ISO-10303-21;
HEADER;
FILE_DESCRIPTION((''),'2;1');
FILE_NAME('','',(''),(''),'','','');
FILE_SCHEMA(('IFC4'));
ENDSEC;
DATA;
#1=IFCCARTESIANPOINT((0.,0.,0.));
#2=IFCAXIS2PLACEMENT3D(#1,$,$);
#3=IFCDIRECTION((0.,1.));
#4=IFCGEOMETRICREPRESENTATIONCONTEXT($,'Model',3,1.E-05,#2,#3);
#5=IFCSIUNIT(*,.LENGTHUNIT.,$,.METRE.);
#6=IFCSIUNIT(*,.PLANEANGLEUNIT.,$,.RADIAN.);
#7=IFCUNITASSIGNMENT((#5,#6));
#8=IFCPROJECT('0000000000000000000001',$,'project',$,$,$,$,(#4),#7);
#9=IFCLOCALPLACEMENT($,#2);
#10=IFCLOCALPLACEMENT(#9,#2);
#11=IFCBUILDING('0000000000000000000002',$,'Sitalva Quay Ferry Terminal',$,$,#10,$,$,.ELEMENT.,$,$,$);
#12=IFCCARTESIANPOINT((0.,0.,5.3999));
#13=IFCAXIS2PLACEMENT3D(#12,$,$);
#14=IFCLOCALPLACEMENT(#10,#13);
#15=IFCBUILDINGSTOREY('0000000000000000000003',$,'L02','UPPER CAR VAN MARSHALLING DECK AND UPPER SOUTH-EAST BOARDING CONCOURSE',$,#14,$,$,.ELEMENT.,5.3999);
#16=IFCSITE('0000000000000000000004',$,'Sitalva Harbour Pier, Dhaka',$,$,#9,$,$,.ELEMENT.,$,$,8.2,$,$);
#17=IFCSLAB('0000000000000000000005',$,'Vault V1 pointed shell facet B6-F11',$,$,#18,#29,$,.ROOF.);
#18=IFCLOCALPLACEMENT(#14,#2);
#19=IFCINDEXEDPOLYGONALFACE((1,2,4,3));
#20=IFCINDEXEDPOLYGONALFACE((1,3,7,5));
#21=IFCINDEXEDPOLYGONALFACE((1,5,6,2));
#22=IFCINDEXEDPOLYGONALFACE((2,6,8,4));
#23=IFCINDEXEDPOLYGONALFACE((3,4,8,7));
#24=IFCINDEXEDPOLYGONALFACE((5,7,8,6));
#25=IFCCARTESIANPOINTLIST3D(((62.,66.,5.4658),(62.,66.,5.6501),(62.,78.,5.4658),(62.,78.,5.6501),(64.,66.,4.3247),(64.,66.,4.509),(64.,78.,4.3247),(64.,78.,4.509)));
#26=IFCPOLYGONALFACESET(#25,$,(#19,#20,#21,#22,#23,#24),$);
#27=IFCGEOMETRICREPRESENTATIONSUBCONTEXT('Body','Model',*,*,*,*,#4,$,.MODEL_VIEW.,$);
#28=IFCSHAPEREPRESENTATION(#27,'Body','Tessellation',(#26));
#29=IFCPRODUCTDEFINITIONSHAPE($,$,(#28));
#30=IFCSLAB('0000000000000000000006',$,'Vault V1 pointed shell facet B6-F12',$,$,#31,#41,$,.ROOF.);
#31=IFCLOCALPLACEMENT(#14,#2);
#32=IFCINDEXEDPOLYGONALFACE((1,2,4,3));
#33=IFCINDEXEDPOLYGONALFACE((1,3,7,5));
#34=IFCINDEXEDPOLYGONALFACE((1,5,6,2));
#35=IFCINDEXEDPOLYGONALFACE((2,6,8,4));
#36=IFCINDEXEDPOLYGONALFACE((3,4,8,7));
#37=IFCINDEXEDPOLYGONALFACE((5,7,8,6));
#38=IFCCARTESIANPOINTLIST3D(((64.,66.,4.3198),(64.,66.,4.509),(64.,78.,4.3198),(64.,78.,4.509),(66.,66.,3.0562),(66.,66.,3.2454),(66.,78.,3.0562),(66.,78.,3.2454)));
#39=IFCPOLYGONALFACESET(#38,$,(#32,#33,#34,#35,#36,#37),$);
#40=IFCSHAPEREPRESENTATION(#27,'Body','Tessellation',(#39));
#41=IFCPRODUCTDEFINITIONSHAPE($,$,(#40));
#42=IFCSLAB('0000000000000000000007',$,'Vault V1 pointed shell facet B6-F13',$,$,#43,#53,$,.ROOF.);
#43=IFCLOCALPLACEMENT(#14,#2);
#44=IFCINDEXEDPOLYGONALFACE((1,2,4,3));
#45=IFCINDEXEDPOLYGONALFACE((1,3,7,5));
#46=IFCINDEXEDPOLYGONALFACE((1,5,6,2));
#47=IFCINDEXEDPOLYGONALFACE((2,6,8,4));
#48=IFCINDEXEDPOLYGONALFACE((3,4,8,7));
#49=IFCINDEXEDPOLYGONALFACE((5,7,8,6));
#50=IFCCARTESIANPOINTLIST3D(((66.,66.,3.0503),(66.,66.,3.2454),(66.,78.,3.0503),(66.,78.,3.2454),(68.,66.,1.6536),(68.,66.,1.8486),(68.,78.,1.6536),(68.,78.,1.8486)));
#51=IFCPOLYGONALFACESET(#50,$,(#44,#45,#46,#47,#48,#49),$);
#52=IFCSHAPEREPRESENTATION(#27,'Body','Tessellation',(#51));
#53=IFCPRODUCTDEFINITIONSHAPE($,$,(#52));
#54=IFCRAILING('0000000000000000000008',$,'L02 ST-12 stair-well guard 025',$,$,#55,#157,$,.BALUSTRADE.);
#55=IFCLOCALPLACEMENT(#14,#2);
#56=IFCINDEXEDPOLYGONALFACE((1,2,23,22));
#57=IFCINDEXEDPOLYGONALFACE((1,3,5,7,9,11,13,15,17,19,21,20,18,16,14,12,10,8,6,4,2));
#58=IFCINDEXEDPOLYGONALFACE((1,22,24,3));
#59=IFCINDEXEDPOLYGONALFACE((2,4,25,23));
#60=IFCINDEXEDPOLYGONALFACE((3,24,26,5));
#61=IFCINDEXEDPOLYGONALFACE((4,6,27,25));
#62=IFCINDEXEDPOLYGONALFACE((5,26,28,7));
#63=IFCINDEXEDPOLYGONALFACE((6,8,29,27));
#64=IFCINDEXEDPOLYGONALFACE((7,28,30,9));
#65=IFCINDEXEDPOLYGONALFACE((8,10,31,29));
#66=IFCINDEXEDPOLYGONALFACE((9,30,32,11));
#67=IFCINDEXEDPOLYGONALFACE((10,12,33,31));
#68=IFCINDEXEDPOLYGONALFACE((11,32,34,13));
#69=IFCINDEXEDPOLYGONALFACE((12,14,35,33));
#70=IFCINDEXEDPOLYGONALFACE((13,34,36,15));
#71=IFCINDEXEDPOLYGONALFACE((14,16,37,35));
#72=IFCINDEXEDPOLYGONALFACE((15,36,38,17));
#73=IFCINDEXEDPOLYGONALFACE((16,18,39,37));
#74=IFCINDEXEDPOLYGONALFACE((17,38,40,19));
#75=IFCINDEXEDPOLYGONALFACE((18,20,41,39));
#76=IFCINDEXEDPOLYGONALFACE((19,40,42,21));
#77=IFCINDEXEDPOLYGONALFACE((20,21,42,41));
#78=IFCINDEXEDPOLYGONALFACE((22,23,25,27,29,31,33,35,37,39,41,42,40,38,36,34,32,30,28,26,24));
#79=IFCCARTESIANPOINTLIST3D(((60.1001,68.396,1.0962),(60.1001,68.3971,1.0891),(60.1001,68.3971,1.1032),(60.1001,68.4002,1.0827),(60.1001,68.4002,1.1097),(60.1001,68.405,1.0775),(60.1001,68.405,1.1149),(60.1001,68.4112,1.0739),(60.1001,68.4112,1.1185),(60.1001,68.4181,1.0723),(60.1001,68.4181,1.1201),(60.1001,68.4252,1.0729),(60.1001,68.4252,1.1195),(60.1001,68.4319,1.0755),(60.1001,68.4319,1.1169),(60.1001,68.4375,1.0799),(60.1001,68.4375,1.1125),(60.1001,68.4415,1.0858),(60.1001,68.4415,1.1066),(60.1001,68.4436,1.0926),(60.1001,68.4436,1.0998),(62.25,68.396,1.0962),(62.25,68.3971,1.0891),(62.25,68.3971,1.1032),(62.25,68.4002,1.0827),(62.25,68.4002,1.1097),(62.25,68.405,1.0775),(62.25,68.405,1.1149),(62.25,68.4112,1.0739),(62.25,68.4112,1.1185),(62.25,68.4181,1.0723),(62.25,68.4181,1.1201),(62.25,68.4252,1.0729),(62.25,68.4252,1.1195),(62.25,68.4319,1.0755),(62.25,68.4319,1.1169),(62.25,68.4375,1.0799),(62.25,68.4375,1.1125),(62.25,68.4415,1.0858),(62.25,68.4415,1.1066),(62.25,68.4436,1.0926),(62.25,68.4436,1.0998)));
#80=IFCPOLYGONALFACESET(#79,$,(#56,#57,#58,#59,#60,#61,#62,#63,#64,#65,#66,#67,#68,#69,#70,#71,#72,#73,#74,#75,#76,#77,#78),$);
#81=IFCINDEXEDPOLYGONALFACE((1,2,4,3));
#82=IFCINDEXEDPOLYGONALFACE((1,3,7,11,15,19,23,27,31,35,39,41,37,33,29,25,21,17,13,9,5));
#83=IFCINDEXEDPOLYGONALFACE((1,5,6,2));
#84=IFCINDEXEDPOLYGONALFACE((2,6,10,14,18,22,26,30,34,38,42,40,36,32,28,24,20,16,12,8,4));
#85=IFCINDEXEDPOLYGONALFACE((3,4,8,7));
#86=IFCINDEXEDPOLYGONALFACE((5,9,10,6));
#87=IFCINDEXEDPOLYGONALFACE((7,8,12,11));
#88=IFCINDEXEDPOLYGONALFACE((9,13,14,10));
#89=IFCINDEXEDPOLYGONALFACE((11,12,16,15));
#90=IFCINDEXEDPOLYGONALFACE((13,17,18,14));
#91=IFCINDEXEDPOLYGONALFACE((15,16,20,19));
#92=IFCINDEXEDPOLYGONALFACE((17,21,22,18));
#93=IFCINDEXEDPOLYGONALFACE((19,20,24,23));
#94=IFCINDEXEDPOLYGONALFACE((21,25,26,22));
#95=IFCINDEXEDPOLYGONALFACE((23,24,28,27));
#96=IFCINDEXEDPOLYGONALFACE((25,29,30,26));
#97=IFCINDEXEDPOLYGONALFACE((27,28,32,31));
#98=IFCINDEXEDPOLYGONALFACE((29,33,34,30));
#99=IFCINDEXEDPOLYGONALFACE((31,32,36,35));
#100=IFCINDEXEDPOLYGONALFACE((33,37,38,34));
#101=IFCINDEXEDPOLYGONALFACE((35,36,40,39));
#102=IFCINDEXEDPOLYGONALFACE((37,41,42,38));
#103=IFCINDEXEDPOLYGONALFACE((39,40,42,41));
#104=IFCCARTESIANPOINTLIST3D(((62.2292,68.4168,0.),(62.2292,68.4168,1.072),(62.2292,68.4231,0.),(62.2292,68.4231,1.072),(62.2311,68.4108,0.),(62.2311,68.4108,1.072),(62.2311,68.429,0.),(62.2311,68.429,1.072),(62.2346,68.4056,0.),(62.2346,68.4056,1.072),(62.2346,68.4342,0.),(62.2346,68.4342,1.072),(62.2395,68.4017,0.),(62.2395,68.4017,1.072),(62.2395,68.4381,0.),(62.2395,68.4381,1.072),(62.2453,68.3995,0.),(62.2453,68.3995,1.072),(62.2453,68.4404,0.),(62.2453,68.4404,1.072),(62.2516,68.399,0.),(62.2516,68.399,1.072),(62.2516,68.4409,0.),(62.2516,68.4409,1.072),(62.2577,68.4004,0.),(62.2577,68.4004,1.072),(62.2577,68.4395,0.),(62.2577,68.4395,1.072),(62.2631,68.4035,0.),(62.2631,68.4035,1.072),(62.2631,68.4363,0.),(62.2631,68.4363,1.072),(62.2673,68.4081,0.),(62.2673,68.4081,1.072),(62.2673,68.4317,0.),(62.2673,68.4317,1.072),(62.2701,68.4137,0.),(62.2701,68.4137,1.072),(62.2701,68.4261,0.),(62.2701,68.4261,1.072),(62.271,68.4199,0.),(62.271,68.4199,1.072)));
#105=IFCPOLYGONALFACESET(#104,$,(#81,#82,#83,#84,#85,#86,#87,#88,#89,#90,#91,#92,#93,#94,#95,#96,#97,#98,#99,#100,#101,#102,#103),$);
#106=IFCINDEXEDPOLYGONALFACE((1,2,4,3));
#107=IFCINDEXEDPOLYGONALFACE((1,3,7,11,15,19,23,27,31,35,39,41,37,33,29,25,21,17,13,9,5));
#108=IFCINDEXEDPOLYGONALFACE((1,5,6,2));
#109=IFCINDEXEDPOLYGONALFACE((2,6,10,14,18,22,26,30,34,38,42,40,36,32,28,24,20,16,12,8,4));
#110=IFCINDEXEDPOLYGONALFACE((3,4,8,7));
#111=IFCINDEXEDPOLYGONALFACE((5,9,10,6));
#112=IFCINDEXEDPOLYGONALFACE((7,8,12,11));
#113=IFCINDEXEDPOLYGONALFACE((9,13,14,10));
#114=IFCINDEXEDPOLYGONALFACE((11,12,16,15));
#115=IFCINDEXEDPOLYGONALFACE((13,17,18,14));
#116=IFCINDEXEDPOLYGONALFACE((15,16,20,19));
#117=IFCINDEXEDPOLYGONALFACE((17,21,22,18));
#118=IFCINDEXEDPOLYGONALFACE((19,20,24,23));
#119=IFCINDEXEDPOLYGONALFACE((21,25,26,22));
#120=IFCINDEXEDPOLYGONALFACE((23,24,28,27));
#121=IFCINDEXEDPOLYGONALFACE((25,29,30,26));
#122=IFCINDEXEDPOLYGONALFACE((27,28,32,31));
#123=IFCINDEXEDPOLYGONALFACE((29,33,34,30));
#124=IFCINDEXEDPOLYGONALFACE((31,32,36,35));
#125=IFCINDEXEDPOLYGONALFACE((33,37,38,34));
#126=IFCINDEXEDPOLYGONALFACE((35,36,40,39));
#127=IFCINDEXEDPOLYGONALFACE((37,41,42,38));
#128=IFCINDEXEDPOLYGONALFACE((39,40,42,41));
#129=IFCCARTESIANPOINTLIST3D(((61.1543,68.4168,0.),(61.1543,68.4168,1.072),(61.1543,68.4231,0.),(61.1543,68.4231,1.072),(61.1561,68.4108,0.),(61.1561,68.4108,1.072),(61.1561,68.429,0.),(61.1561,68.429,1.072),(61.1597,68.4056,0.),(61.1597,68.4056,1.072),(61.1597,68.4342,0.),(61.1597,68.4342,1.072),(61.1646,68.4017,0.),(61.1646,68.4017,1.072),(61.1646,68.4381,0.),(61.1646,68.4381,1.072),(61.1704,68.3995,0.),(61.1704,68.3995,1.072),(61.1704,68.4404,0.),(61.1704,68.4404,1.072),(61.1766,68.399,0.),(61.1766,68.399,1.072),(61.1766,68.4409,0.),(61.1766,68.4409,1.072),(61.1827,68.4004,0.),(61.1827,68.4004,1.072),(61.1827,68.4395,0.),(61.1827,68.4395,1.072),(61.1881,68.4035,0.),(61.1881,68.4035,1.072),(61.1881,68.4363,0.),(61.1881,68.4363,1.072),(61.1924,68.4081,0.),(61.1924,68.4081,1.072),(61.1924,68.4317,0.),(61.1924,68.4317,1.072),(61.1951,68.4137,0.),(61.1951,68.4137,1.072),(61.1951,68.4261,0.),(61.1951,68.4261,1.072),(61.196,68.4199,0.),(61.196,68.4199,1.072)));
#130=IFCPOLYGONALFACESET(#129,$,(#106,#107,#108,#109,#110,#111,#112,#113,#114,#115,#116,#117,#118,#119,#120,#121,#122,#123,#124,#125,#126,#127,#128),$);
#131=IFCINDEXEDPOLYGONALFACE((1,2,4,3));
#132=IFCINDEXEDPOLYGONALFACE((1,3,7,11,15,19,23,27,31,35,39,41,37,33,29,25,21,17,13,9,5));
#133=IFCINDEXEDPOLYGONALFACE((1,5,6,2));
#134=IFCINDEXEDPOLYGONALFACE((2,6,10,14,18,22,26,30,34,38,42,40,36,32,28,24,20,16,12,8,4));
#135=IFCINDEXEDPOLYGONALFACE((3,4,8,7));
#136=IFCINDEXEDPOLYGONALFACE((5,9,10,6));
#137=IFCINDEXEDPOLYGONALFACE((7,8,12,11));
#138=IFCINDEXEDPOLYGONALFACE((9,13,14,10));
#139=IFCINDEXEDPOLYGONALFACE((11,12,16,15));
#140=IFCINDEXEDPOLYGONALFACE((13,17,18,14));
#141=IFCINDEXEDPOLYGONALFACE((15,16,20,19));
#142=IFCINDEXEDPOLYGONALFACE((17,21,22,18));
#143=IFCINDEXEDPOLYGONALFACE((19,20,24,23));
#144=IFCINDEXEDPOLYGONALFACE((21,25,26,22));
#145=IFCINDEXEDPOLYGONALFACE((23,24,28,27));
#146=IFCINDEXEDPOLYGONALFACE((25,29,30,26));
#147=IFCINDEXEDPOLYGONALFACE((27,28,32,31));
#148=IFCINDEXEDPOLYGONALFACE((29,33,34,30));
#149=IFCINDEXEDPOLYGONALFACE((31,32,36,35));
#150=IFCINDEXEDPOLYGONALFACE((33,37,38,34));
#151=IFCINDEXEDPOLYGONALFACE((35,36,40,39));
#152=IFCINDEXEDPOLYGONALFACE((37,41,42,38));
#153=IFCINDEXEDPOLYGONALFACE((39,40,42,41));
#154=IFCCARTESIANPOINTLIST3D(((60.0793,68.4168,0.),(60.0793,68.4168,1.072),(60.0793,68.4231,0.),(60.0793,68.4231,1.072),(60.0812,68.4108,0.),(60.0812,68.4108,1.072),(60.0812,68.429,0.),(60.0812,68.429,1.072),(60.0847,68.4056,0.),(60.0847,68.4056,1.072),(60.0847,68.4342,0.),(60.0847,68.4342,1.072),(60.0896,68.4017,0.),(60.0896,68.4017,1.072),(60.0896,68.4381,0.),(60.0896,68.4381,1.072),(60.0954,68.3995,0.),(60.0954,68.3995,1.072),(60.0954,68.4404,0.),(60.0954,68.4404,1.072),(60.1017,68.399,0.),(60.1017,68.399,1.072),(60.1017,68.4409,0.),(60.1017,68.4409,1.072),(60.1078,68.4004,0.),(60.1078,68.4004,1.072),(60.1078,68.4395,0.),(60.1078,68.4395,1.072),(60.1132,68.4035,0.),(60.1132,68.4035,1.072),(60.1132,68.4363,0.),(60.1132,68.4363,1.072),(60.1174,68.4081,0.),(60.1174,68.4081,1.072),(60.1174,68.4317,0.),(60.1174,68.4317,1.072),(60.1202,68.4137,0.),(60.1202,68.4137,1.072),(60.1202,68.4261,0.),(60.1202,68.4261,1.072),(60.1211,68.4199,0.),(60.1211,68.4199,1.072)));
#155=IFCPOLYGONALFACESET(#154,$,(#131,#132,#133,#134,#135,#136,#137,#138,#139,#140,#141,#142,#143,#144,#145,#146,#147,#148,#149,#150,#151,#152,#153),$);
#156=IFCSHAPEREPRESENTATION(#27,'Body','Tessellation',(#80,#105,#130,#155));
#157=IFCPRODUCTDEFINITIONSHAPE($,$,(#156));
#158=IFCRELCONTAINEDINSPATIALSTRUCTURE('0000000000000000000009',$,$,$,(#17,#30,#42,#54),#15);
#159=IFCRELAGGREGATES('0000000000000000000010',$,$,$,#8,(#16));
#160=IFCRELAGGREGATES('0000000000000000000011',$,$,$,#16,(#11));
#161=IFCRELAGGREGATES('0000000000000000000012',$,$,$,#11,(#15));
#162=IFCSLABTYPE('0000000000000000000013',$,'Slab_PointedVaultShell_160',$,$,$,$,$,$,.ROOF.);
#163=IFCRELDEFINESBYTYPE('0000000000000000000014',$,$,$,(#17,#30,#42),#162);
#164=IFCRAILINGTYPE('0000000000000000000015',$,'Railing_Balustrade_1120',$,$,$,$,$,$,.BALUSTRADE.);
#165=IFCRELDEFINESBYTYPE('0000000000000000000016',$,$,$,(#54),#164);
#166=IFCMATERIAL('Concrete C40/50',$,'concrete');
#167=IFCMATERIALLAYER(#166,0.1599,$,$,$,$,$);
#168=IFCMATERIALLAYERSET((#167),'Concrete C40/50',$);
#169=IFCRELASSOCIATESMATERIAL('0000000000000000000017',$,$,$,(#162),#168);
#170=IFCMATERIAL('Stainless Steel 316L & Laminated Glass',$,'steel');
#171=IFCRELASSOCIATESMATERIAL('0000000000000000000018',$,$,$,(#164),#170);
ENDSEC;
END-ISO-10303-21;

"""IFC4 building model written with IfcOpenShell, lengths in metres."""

from ifc_helpers import new_model, si_unit, direction, frame, origin, origin_2d, place, context, subcontext, project, spatial, polyline, circle, outline, extrude, material, layer, layer_set, type_object, element, save


model = new_model("IFC4")

# Units and contexts
model_context = context("Model", 3, precision=1e-05, world=origin(), true_north=direction((0.0, 1.0)))
body_context = subcontext(model_context, "Body", "Model", "MODEL_VIEW")
ifc_project = project(units=[si_unit("LENGTHUNIT", "METRE"), si_unit("PLANEANGLEUNIT", "RADIAN")], contexts=[model_context])

# Site, building, storey
site_placement = place(None, origin())
site = spatial("IfcSite", under=ifc_project, at=site_placement, Name="Sitalva Harbour Pier, Dhaka", CompositionType="ELEMENT", RefElevation=8.2)
building_placement = place(site_placement, origin())
building = spatial("IfcBuilding", under=site, at=building_placement, Name="Sitalva Quay Ferry Terminal", CompositionType="ELEMENT")
storey_placement = place(building_placement, frame((0.0, 0.0, 5.3999)))
storey = spatial("IfcBuildingStorey", under=building, at=storey_placement, Name="L02", Description="UPPER CAR VAN MARSHALLING DECK AND UPPER SOUTH-EAST BOARDING CONCOURSE", CompositionType="ELEMENT", Elevation=5.3999)

# Slabs
ifc_material_1 = material(Name="Concrete C40/50", Category="concrete")
ifc_layer = layer(ifc_material_1, 0.1599)
ifc_layer_set = layer_set([ifc_layer], Name="Concrete C40/50")
slab_type = type_object("IfcSlabType", Name="Slab_PointedVaultShell_160", PredefinedType="ROOF", material=ifc_layer_set)
slab_1_placement = place(storey_placement, frame((62.0, 66.0, 5.6501), z_axis=(0.495568, 0.0, 0.868569), x_axis=(0.868569, 0.0, -0.495568)))
element("IfcSlab", 1, at=slab_1_placement, inside=storey, type_object=slab_type, Name="Vault V1 pointed shell facet B6-F11", PredefinedType="ROOF", context=body_context, shape_type="SweptSolid", body=[
    extrude(outline(polyline([(0.0, 0.0), (2.3026, 0.0), (2.3026, 12.0), (0.0, 12.0), (0.0, 0.0)])), origin(), (0.495568, 0.0, -0.868569), 0.1843),
])
slab_2_placement = place(storey_placement, frame((64.0, 66.0, 4.509), z_axis=(0.534148, 0.0, 0.845391), x_axis=(0.845391, 0.0, -0.534148)))
element("IfcSlab", 2, at=slab_2_placement, inside=storey, type_object=slab_type, Name="Vault V1 pointed shell facet B6-F12", PredefinedType="ROOF", context=body_context, shape_type="SweptSolid", body=[
    extrude(outline(polyline([(0.0, 0.0), (2.3658, 0.0), (2.3658, 12.0), (0.0, 12.0), (0.0, 0.0)])), origin(), (0.534148, 0.0, -0.845391), 0.1892),
])
slab_3_placement = place(storey_placement, frame((66.0, 66.0, 3.2454), z_axis=(0.572562, 0.0, 0.819861), x_axis=(0.819861, 0.0, -0.572562)))
element("IfcSlab", 3, at=slab_3_placement, inside=storey, type_object=slab_type, Name="Vault V1 pointed shell facet B6-F13", PredefinedType="ROOF", context=body_context, shape_type="SweptSolid", body=[
    extrude(outline(polyline([(0.0, 0.0), (2.4394, 0.0), (2.4394, 12.0), (0.0, 12.0), (0.0, 0.0)])), origin(), (0.572562, 0.0, -0.819861), 0.1951),
])

# Railing
ifc_material_2 = material(Name="Stainless Steel 316L & Laminated Glass", Category="steel")
railing_type = type_object("IfcRailingType", Name="Railing_Balustrade_1120", PredefinedType="BALUSTRADE", material=ifc_material_2)
railing_1_placement = place(storey_placement, frame((62.25, 68.4199, 0.0)))
element("IfcRailing", 4, at=railing_1_placement, inside=storey, type_object=railing_type, Name="L02 ST-12 stair-well guard 025", PredefinedType="BALUSTRADE", context=body_context, shape_type="SweptSolid", body=[
    extrude(circle(Radius=0.0239, at=origin_2d()), frame((0.0, 0.0, 1.0962), z_axis=(-1.0, 0.0, 0.0), x_axis=(0.0, -1.0, 0.0)), (0.0, 0.0, 1.0), 2.1499),
    extrude(circle(Radius=0.021, at=origin_2d()), origin(), (0.0, 0.0, 1.0), 1.072),
    extrude(circle(Radius=0.021, at=origin_2d()), frame((-1.075, 0.0, 0.0)), (0.0, 0.0, 1.0), 1.072),
    extrude(circle(Radius=0.021, at=origin_2d()), frame((-2.1499, 0.0, 0.0)), (0.0, 0.0, 1.0), 1.072),
])

save(model, "model.ifc")
